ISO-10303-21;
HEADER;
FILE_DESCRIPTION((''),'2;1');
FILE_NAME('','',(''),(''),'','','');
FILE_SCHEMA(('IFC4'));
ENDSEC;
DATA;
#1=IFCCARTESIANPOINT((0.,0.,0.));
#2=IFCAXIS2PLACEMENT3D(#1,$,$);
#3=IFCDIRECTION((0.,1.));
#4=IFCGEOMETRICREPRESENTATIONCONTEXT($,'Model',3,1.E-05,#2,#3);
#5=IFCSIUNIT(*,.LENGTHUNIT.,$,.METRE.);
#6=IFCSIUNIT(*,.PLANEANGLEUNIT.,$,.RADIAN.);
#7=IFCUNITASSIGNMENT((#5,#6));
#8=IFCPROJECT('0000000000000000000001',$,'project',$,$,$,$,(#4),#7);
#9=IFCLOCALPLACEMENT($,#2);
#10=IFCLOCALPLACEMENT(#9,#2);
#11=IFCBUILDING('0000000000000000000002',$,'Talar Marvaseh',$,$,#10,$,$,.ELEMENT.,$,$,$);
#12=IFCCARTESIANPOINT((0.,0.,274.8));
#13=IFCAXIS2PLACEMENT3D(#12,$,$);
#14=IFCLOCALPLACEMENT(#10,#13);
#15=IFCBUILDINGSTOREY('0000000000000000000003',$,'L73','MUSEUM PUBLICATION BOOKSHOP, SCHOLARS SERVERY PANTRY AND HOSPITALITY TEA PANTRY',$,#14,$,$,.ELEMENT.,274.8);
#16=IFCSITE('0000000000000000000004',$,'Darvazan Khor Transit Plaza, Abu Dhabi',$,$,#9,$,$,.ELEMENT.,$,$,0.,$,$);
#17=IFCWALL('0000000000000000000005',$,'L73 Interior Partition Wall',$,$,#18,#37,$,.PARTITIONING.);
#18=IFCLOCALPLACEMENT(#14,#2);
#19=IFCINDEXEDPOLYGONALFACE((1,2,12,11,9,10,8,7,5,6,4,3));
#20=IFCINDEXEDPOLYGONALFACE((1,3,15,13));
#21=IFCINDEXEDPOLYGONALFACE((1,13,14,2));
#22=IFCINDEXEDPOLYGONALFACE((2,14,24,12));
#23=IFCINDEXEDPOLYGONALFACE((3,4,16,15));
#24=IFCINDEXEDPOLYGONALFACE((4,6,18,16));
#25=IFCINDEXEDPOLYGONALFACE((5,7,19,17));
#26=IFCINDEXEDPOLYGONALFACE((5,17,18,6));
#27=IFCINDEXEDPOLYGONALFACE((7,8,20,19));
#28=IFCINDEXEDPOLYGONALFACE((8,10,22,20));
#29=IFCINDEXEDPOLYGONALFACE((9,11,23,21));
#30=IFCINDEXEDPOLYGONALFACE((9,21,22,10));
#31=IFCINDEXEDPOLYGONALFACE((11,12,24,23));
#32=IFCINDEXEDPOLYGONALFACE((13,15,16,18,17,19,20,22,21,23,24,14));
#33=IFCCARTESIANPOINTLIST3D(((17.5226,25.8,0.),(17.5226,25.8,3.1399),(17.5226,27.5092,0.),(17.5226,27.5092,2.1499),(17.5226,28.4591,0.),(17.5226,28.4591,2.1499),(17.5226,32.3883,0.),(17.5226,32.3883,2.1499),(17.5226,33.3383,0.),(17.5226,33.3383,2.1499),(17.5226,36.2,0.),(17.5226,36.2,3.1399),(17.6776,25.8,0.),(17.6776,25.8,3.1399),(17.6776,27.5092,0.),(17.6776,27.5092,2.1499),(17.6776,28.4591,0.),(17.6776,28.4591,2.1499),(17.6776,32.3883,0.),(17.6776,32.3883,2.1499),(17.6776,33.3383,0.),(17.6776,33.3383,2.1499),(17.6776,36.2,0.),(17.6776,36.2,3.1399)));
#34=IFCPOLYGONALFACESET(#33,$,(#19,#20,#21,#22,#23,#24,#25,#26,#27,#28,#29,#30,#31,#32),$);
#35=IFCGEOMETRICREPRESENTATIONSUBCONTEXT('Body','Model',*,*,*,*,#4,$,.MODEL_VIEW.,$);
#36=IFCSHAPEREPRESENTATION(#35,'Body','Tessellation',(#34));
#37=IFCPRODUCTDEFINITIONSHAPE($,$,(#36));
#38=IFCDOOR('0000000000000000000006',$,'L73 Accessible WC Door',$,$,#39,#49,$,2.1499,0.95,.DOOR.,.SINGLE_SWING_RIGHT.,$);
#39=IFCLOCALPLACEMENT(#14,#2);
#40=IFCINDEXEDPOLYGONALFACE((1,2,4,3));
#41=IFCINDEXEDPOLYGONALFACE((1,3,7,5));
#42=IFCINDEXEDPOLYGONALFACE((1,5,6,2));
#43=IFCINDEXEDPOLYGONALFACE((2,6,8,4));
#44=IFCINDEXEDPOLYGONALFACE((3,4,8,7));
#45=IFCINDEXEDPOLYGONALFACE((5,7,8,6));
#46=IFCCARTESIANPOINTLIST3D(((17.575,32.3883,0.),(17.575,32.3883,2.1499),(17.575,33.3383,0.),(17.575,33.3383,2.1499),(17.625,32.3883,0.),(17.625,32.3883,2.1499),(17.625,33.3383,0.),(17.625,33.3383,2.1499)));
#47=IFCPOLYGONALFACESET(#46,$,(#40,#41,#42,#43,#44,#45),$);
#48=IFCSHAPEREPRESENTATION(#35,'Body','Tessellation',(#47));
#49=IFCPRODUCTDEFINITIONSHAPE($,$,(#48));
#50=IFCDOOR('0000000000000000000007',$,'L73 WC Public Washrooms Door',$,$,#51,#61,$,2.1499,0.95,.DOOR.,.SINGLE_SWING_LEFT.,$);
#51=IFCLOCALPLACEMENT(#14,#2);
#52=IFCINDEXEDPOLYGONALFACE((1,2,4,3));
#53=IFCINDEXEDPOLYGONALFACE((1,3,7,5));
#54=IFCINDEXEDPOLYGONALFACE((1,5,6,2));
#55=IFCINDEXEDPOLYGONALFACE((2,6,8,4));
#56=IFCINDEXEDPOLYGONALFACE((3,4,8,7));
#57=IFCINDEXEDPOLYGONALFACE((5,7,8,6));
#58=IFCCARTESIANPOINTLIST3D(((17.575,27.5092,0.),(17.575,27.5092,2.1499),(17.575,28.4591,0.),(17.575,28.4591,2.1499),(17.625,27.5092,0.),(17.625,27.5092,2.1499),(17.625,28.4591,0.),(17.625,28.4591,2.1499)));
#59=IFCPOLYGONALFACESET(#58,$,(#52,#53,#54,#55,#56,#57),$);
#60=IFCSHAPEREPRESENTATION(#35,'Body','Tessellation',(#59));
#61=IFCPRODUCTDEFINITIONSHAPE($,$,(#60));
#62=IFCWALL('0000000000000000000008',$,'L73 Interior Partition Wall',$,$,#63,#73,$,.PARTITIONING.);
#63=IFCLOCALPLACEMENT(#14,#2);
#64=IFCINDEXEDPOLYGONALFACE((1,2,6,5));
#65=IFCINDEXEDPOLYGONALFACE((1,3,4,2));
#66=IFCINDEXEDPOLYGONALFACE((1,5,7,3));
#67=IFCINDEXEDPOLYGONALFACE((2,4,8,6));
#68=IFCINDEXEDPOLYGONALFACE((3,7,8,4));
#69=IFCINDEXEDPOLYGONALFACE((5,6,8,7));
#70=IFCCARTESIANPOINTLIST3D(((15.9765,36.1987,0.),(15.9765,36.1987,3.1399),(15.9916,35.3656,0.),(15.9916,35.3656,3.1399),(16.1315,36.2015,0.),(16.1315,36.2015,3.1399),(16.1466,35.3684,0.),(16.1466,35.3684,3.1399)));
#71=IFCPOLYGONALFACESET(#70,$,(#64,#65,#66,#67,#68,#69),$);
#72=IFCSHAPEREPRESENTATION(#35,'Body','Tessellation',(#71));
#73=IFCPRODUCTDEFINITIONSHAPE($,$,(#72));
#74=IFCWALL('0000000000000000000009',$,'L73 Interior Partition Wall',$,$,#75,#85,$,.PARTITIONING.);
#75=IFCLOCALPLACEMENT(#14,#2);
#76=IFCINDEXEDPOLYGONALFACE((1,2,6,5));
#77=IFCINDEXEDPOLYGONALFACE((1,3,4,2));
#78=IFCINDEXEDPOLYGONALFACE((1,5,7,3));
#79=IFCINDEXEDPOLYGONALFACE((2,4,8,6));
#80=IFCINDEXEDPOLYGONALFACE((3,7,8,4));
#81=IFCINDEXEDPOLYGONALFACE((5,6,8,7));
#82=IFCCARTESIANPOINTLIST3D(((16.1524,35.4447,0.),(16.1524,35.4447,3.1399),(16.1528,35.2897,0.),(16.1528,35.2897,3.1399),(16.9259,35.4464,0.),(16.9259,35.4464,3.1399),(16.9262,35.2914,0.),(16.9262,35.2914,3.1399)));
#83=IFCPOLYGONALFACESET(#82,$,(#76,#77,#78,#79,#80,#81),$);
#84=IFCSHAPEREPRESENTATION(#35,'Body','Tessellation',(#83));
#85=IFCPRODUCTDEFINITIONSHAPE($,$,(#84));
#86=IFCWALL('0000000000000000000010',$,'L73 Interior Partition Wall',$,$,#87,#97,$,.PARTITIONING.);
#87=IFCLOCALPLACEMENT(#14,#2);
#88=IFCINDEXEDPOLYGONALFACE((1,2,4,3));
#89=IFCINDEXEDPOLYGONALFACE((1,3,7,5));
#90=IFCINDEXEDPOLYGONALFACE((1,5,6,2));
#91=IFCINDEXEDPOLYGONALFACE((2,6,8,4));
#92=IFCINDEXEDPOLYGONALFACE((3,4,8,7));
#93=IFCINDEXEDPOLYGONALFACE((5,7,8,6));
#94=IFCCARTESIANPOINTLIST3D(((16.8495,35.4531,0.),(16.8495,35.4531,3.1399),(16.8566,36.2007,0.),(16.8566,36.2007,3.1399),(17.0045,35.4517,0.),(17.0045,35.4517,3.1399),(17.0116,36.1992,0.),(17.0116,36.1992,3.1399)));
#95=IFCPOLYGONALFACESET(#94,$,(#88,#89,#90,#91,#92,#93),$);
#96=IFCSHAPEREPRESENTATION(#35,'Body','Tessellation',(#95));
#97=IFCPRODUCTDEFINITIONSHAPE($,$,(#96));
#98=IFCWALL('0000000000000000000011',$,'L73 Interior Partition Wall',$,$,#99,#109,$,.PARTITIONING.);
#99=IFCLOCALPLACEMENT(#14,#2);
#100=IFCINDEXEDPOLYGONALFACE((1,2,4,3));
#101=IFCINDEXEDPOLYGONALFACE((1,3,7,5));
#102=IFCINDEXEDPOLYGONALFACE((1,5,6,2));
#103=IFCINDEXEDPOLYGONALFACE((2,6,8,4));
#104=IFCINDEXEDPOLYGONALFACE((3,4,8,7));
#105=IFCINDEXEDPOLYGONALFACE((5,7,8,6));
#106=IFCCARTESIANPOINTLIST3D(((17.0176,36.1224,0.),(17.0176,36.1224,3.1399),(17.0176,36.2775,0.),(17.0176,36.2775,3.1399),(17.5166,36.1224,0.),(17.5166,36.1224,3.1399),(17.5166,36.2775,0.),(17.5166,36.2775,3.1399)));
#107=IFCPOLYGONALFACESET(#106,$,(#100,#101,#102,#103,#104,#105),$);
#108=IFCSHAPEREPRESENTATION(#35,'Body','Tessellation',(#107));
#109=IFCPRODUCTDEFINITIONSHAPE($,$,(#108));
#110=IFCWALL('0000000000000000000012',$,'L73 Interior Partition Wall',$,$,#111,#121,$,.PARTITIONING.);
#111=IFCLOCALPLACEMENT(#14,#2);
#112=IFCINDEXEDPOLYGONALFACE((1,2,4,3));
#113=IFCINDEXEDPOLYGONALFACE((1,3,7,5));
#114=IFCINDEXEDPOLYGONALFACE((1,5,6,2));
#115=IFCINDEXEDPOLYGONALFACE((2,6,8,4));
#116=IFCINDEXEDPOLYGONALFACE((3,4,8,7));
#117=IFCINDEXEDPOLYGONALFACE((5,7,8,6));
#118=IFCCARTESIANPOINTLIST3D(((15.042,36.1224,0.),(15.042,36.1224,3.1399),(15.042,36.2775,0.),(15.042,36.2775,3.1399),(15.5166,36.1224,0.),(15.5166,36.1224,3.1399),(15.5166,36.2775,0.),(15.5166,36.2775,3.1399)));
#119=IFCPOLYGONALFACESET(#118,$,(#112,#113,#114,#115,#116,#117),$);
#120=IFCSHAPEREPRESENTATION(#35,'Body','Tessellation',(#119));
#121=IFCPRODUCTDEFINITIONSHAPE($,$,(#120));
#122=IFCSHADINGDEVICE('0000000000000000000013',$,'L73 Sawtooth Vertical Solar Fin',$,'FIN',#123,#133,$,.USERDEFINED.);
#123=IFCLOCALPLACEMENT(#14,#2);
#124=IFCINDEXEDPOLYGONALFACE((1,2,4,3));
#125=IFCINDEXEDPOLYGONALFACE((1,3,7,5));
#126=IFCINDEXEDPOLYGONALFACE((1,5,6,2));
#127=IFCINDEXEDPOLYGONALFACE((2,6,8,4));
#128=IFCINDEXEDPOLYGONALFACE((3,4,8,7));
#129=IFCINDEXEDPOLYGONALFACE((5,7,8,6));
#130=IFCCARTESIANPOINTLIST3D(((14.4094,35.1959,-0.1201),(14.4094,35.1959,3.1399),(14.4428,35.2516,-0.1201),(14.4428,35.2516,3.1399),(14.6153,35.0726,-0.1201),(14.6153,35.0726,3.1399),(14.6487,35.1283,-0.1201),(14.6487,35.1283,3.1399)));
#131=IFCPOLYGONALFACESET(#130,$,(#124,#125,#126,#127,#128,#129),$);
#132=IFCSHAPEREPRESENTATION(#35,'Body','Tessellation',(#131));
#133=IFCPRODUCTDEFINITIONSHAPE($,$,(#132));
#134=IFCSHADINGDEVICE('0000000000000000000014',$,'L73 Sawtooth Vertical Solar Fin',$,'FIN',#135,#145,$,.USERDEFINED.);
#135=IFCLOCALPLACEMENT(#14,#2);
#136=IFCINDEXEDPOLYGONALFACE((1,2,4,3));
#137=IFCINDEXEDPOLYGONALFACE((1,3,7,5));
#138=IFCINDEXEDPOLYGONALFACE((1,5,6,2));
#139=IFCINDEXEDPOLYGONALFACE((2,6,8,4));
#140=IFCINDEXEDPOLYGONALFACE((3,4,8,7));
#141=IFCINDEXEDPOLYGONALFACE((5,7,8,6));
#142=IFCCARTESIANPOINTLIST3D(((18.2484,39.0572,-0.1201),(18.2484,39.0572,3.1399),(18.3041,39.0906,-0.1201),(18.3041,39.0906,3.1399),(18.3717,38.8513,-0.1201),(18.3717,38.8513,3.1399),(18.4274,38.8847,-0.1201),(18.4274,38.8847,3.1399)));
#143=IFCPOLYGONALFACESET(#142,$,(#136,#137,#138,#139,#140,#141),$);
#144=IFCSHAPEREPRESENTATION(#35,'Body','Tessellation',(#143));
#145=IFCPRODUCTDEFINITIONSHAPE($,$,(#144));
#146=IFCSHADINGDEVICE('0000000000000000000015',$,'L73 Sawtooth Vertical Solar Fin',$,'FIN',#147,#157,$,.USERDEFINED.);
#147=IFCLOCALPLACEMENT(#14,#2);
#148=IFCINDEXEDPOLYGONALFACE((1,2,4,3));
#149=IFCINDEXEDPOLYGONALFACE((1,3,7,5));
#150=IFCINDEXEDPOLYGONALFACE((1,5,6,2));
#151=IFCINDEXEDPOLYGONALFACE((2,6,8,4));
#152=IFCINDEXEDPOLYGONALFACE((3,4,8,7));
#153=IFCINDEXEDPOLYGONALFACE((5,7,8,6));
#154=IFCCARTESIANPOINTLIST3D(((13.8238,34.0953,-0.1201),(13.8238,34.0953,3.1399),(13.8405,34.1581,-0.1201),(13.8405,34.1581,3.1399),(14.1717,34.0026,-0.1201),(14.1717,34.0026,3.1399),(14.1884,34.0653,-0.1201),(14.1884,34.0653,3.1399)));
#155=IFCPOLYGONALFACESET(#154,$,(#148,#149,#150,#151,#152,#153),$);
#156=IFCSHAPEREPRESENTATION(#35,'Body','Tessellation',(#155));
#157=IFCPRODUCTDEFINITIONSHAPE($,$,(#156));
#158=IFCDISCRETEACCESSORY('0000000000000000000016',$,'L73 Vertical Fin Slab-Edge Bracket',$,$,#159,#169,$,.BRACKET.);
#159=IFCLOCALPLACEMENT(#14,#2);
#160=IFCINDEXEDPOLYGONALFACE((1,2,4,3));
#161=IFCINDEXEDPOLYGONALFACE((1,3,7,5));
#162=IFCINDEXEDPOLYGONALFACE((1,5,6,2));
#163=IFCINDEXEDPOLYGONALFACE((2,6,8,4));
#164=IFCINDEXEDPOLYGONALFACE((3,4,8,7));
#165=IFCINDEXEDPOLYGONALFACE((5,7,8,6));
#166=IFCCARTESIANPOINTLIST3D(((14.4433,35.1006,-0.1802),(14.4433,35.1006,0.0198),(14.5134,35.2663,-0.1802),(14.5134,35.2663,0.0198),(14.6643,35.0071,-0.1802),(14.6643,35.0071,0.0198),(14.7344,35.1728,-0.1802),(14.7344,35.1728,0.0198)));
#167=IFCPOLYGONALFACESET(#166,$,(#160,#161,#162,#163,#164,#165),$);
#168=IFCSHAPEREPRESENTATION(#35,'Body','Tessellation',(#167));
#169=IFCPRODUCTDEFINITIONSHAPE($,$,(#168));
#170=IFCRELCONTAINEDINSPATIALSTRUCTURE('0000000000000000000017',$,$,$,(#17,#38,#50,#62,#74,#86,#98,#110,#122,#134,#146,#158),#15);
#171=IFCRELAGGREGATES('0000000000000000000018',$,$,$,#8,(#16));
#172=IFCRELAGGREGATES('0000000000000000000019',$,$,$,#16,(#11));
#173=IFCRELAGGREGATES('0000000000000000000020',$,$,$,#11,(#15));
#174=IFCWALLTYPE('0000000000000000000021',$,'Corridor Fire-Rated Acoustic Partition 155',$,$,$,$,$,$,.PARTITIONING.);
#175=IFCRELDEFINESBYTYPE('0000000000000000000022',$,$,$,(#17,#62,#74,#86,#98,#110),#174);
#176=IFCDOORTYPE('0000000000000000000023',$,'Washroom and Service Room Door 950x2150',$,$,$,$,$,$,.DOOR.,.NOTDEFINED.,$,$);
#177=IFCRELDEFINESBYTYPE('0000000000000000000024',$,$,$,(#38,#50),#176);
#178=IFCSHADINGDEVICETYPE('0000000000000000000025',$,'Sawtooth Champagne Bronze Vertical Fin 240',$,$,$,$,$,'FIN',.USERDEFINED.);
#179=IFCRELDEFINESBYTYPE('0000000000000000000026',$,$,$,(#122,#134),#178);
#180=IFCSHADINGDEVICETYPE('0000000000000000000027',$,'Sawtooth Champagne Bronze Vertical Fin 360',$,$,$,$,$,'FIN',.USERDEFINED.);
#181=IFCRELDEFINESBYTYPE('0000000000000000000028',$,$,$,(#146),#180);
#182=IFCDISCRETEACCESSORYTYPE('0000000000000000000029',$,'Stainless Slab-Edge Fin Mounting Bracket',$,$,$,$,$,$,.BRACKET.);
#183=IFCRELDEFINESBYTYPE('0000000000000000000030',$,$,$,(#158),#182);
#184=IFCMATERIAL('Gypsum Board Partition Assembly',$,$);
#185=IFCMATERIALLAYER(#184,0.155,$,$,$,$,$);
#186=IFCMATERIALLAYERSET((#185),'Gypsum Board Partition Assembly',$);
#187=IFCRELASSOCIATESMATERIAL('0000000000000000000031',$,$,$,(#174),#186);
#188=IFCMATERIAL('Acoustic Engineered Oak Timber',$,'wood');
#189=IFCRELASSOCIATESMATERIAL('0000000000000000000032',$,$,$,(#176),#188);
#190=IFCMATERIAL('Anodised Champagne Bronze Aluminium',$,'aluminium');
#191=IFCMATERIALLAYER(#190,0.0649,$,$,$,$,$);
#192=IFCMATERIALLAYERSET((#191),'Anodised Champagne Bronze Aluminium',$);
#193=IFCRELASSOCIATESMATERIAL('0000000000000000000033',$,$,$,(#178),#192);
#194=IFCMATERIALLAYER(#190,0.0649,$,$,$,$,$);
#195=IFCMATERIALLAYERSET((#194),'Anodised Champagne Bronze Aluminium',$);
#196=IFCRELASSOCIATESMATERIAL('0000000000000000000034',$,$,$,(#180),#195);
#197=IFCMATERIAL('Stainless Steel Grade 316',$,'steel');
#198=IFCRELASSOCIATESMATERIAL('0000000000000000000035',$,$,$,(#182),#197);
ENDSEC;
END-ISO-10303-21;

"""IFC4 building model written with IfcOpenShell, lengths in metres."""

from ifc_helpers import new_model, si_unit, direction, frame, frame_2d, origin, origin_2d, place, context, subcontext, project, spatial, rectangle, extrude, source, transform, mapped, material, layer, layer_set, type_object, type_shapes, element, fill, save


model = new_model("IFC4")

# Units and contexts
model_context = context("Model", 3, precision=1e-05, world=origin(), true_north=direction((0.0, 1.0)))
body_context = subcontext(model_context, "Body", "Model", "MODEL_VIEW")
ifc_project = project(units=[si_unit("LENGTHUNIT", "METRE"), si_unit("PLANEANGLEUNIT", "RADIAN")], contexts=[model_context])

# Site, building, storey
site_placement = place(None, origin())
site = spatial("IfcSite", under=ifc_project, at=site_placement, Name="Darvazan Khor Transit Plaza, Abu Dhabi", CompositionType="ELEMENT", RefElevation=0.0)
building_placement = place(site_placement, origin())
building = spatial("IfcBuilding", under=site, at=building_placement, Name="Talar Marvaseh", CompositionType="ELEMENT")
storey_placement = place(building_placement, frame((0.0, 0.0, 274.8)))
storey = spatial("IfcBuildingStorey", under=building, at=storey_placement, Name="L73", Description="MUSEUM PUBLICATION BOOKSHOP, SCHOLARS SERVERY PANTRY AND HOSPITALITY TEA PANTRY", CompositionType="ELEMENT", Elevation=274.8)

# Wall, openings, doors
ifc_material_1 = material(Name="Gypsum Board Partition Assembly")
ifc_layer_1 = layer(ifc_material_1, 0.155)
ifc_layer_set_1 = layer_set([ifc_layer_1], Name="Gypsum Board Partition Assembly")
wall_type_1 = type_object("IfcWallType", Name="Corridor Fire-Rated Acoustic Partition 155", PredefinedType="PARTITIONING", material=ifc_layer_set_1)
wall_1_placement = place(storey_placement, frame((17.6001, 36.2, 0.0), z_axis=(0.0, 0.0, 1.0), x_axis=(0.0, -1.0, 0.0)))
wall_1 = element("IfcWall", 1, at=wall_1_placement, inside=storey, type_object=wall_type_1, Name="L73 Interior Partition Wall", PredefinedType="PARTITIONING", context=body_context, shape_type="SweptSolid", body=[
    extrude(rectangle(XDim=10.3999, YDim=0.155, at=frame_2d((5.2, 0.0))), origin(), (0.0, 0.0, 1.0), 3.1399),
])
opening_1_placement = place(wall_1_placement, frame((2.8616, 0.0, 0.0)))
opening_1 = element("IfcOpeningElement", 2, at=opening_1_placement, cuts=wall_1, PredefinedType="OPENING", context=body_context, shape_type="SweptSolid", body=[
    extrude(rectangle(XDim=0.95, YDim=2.1499, at=frame_2d((0.4751, 1.075))), frame((0.0, 0.0874, 0.0), z_axis=(0.0, -1.0, 0.0), x_axis=(1.0, 0.0, 0.0)), (0.0, 0.0, 1.0), 0.175),
])
opening_2_placement = place(wall_1_placement, frame((7.7407, 0.0, 0.0)))
opening_2 = element("IfcOpeningElement", 3, at=opening_2_placement, cuts=wall_1, PredefinedType="OPENING", context=body_context, shape_type="SweptSolid", body=[
    extrude(rectangle(XDim=0.95, YDim=2.1499, at=frame_2d((0.4751, 1.075))), frame((0.0, 0.0874, 0.0), z_axis=(0.0, -1.0, 0.0), x_axis=(1.0, 0.0, 0.0)), (0.0, 0.0, 1.0), 0.175),
])
ifc_material_2 = material(Name="Acoustic Engineered Oak Timber", Category="wood")
door_type = type_object("IfcDoorType", Name="Washroom and Service Room Door 950x2150", OperationType="NOTDEFINED", PredefinedType="DOOR", material=ifc_material_2)
shared_shape_1 = source(origin(), body_context, "Body", "SweptSolid", [
    extrude(rectangle(XDim=0.95, YDim=2.1499, at=frame_2d((0.4751, 1.075))), frame((0.0, 0.0249, 0.0), z_axis=(0.0, -1.0, 0.0), x_axis=(1.0, 0.0, 0.0)), (0.0, 0.0, 1.0), 0.05),
])
type_shapes(door_type, [shared_shape_1])
door_1_placement = place(opening_1_placement, origin())
door_1 = element("IfcDoor", 4, at=door_1_placement, inside=storey, type_object=door_type, Name="L73 Accessible WC Door", OperationType="SINGLE_SWING_RIGHT", OverallHeight=2.1499, OverallWidth=0.95, PredefinedType="DOOR", context=body_context, shape_type="MappedRepresentation", body=[
    mapped(shared_shape_1, transform((0.0, 0.0, 0.0), x_axis=(1.0, 0.0, 0.0), y_axis=(0.0, 1.0, 0.0), z_axis=(0.0, 0.0, 1.0), scale=1.0)),
])
fill(opening_1, door_1)
door_2_placement = place(opening_2_placement, origin())
door_2 = element("IfcDoor", 5, at=door_2_placement, inside=storey, type_object=door_type, Name="L73 WC Public Washrooms Door", OperationType="SINGLE_SWING_LEFT", OverallHeight=2.1499, OverallWidth=0.95, PredefinedType="DOOR", context=body_context, shape_type="MappedRepresentation", body=[
    mapped(shared_shape_1, transform((0.0, 0.0, 0.0), x_axis=(1.0, 0.0, 0.0), y_axis=(0.0, 1.0, 0.0), z_axis=(0.0, 0.0, 1.0), scale=1.0)),
])
fill(opening_2, door_2)

# Walls
wall_2_placement = place(storey_placement, frame((16.054, 36.2, 0.0), z_axis=(0.0, 0.0, 1.0), x_axis=(0.018168, -0.999835, 0.0)))
element("IfcWall", 6, at=wall_2_placement, inside=storey, type_object=wall_type_1, Name="L73 Interior Partition Wall", PredefinedType="PARTITIONING", context=body_context, shape_type="SweptSolid", body=[
    extrude(rectangle(XDim=0.8333, YDim=0.155, at=frame_2d((0.4165, 0.0))), origin(), (0.0, 0.0, 1.0), 3.1399),
])
wall_3_placement = place(storey_placement, frame((16.1526, 35.3672, 0.0), z_axis=(0.0, 0.0, 1.0), x_axis=(0.999998, 0.00221, 0.0)))
element("IfcWall", 7, at=wall_3_placement, inside=storey, type_object=wall_type_1, Name="L73 Interior Partition Wall", PredefinedType="PARTITIONING", context=body_context, shape_type="SweptSolid", body=[
    extrude(rectangle(XDim=0.7734, YDim=0.155, at=frame_2d((0.3867, 0.0))), origin(), (0.0, 0.0, 1.0), 3.1399),
])
wall_4_placement = place(storey_placement, frame((16.927, 35.4524, 0.0), z_axis=(0.0, 0.0, 1.0), x_axis=(0.009471, 0.999955, 0.0)))
element("IfcWall", 8, at=wall_4_placement, inside=storey, type_object=wall_type_1, Name="L73 Interior Partition Wall", PredefinedType="PARTITIONING", context=body_context, shape_type="SweptSolid", body=[
    extrude(rectangle(XDim=0.7476, YDim=0.155, at=frame_2d((0.3738, 0.0))), origin(), (0.0, 0.0, 1.0), 3.1399),
])
wall_5_placement = place(storey_placement, frame((17.0176, 36.2, 0.0), z_axis=(0.0, 0.0, 1.0), x_axis=(1.0, 0.0, 0.0)))
element("IfcWall", 9, at=wall_5_placement, inside=storey, type_object=wall_type_1, Name="L73 Interior Partition Wall", PredefinedType="PARTITIONING", context=body_context, shape_type="SweptSolid", body=[
    extrude(rectangle(XDim=0.499, YDim=0.155, at=frame_2d((0.2495, 0.0))), origin(), (0.0, 0.0, 1.0), 3.1399),
])
wall_6_placement = place(storey_placement, frame((15.042, 36.2, 0.0), z_axis=(0.0, 0.0, 1.0), x_axis=(1.0, 0.0, 0.0)))
element("IfcWall", 10, at=wall_6_placement, inside=storey, type_object=wall_type_1, Name="L73 Interior Partition Wall", PredefinedType="PARTITIONING", context=body_context, shape_type="SweptSolid", body=[
    extrude(rectangle(XDim=0.4746, YDim=0.155, at=frame_2d((0.2373, 0.0))), origin(), (0.0, 0.0, 1.0), 3.1399),
])

# Shading devices
ifc_material_3 = material(Name="Anodised Champagne Bronze Aluminium", Category="aluminium")
ifc_layer_2 = layer(ifc_material_3, 0.0649)
ifc_layer_set_2 = layer_set([ifc_layer_2], Name="Anodised Champagne Bronze Aluminium")
shading_device_type_1 = type_object("IfcShadingDeviceType", Name="Sawtooth Champagne Bronze Vertical Fin 240", ElementType="FIN", PredefinedType="USERDEFINED", material=ifc_layer_set_2)
shared_shape_2 = source(origin(), body_context, "Body", "SweptSolid", [
    extrude(rectangle(XDim=0.24, YDim=0.0649, at=origin_2d()), origin(), (0.0, 0.0, 1.0), 3.26),
])
type_shapes(shading_device_type_1, [shared_shape_2])
for number, where, z_axis, x_axis, name in (
    (11, (14.5291, 35.1621, -0.1201), (0.0, 0.0, 1.0), (-0.857796, 0.51399, 0.0), "L73 Sawtooth Vertical Solar Fin"),
    (12, (18.3379, 38.9709, -0.1201), (0.0, 0.0, 1.0), (-0.51399, 0.857796, 0.0), "L73 Sawtooth Vertical Solar Fin"),
):
    element("IfcShadingDevice", number, at=place(storey_placement, frame(where, z_axis=z_axis, x_axis=x_axis)), inside=storey, type_object=shading_device_type_1, Name=name, ObjectType="FIN", PredefinedType="USERDEFINED", context=body_context, shape_type="MappedRepresentation", body=[
        mapped(shared_shape_2, transform((0.0, 0.0, 0.0), x_axis=(1.0, 0.0, 0.0), y_axis=(0.0, 1.0, 0.0), z_axis=(0.0, 0.0, 1.0), scale=1.0)),
    ])
ifc_layer_3 = layer(ifc_material_3, 0.0649)
ifc_layer_set_3 = layer_set([ifc_layer_3], Name="Anodised Champagne Bronze Aluminium")
shading_device_type_2 = type_object("IfcShadingDeviceType", Name="Sawtooth Champagne Bronze Vertical Fin 360", ElementType="FIN", PredefinedType="USERDEFINED", material=ifc_layer_set_3)
shared_shape_3 = source(origin(), body_context, "Body", "SweptSolid", [
    extrude(rectangle(XDim=0.3601, YDim=0.0649, at=origin_2d()), origin(), (0.0, 0.0, 1.0), 3.26),
])
type_shapes(shading_device_type_2, [shared_shape_3])
shading_device_placement = place(storey_placement, frame((14.0061, 34.0803, -0.1201), z_axis=(0.0, 0.0, 1.0), x_axis=(-0.966241, 0.257639, 0.0)))
element("IfcShadingDevice", 13, at=shading_device_placement, inside=storey, type_object=shading_device_type_2, Name="L73 Sawtooth Vertical Solar Fin", ObjectType="FIN", PredefinedType="USERDEFINED", context=body_context, shape_type="MappedRepresentation", body=[
    mapped(shared_shape_3, transform((0.0, 0.0, 0.0), x_axis=(1.0, 0.0, 0.0), y_axis=(0.0, 1.0, 0.0), z_axis=(0.0, 0.0, 1.0), scale=1.0)),
])

# Discrete accessory
ifc_material_4 = material(Name="Stainless Steel Grade 316", Category="steel")
discrete_accessory_type = type_object("IfcDiscreteAccessoryType", Name="Stainless Slab-Edge Fin Mounting Bracket", PredefinedType="BRACKET", material=ifc_material_4)
shared_shape_4 = source(origin(), body_context, "Body", "SweptSolid", [
    extrude(rectangle(XDim=0.24, YDim=0.1799, at=origin_2d()), origin(), (0.0, 0.0, 1.0), 0.2),
])
type_shapes(discrete_accessory_type, [shared_shape_4])
discrete_accessory_placement = place(storey_placement, frame((14.5889, 35.1367, -0.1802), z_axis=(0.0, 0.0, 1.0), x_axis=(-0.920982, 0.389606, 0.0)))
element("IfcDiscreteAccessory", 14, at=discrete_accessory_placement, inside=storey, type_object=discrete_accessory_type, Name="L73 Vertical Fin Slab-Edge Bracket", PredefinedType="BRACKET", context=body_context, shape_type="MappedRepresentation", body=[
    mapped(shared_shape_4, transform((0.0, 0.0, 0.0), x_axis=(1.0, 0.0, 0.0), y_axis=(0.0, 1.0, 0.0), z_axis=(0.0, 0.0, 1.0), scale=1.0)),
])

save(model, "model.ifc")
